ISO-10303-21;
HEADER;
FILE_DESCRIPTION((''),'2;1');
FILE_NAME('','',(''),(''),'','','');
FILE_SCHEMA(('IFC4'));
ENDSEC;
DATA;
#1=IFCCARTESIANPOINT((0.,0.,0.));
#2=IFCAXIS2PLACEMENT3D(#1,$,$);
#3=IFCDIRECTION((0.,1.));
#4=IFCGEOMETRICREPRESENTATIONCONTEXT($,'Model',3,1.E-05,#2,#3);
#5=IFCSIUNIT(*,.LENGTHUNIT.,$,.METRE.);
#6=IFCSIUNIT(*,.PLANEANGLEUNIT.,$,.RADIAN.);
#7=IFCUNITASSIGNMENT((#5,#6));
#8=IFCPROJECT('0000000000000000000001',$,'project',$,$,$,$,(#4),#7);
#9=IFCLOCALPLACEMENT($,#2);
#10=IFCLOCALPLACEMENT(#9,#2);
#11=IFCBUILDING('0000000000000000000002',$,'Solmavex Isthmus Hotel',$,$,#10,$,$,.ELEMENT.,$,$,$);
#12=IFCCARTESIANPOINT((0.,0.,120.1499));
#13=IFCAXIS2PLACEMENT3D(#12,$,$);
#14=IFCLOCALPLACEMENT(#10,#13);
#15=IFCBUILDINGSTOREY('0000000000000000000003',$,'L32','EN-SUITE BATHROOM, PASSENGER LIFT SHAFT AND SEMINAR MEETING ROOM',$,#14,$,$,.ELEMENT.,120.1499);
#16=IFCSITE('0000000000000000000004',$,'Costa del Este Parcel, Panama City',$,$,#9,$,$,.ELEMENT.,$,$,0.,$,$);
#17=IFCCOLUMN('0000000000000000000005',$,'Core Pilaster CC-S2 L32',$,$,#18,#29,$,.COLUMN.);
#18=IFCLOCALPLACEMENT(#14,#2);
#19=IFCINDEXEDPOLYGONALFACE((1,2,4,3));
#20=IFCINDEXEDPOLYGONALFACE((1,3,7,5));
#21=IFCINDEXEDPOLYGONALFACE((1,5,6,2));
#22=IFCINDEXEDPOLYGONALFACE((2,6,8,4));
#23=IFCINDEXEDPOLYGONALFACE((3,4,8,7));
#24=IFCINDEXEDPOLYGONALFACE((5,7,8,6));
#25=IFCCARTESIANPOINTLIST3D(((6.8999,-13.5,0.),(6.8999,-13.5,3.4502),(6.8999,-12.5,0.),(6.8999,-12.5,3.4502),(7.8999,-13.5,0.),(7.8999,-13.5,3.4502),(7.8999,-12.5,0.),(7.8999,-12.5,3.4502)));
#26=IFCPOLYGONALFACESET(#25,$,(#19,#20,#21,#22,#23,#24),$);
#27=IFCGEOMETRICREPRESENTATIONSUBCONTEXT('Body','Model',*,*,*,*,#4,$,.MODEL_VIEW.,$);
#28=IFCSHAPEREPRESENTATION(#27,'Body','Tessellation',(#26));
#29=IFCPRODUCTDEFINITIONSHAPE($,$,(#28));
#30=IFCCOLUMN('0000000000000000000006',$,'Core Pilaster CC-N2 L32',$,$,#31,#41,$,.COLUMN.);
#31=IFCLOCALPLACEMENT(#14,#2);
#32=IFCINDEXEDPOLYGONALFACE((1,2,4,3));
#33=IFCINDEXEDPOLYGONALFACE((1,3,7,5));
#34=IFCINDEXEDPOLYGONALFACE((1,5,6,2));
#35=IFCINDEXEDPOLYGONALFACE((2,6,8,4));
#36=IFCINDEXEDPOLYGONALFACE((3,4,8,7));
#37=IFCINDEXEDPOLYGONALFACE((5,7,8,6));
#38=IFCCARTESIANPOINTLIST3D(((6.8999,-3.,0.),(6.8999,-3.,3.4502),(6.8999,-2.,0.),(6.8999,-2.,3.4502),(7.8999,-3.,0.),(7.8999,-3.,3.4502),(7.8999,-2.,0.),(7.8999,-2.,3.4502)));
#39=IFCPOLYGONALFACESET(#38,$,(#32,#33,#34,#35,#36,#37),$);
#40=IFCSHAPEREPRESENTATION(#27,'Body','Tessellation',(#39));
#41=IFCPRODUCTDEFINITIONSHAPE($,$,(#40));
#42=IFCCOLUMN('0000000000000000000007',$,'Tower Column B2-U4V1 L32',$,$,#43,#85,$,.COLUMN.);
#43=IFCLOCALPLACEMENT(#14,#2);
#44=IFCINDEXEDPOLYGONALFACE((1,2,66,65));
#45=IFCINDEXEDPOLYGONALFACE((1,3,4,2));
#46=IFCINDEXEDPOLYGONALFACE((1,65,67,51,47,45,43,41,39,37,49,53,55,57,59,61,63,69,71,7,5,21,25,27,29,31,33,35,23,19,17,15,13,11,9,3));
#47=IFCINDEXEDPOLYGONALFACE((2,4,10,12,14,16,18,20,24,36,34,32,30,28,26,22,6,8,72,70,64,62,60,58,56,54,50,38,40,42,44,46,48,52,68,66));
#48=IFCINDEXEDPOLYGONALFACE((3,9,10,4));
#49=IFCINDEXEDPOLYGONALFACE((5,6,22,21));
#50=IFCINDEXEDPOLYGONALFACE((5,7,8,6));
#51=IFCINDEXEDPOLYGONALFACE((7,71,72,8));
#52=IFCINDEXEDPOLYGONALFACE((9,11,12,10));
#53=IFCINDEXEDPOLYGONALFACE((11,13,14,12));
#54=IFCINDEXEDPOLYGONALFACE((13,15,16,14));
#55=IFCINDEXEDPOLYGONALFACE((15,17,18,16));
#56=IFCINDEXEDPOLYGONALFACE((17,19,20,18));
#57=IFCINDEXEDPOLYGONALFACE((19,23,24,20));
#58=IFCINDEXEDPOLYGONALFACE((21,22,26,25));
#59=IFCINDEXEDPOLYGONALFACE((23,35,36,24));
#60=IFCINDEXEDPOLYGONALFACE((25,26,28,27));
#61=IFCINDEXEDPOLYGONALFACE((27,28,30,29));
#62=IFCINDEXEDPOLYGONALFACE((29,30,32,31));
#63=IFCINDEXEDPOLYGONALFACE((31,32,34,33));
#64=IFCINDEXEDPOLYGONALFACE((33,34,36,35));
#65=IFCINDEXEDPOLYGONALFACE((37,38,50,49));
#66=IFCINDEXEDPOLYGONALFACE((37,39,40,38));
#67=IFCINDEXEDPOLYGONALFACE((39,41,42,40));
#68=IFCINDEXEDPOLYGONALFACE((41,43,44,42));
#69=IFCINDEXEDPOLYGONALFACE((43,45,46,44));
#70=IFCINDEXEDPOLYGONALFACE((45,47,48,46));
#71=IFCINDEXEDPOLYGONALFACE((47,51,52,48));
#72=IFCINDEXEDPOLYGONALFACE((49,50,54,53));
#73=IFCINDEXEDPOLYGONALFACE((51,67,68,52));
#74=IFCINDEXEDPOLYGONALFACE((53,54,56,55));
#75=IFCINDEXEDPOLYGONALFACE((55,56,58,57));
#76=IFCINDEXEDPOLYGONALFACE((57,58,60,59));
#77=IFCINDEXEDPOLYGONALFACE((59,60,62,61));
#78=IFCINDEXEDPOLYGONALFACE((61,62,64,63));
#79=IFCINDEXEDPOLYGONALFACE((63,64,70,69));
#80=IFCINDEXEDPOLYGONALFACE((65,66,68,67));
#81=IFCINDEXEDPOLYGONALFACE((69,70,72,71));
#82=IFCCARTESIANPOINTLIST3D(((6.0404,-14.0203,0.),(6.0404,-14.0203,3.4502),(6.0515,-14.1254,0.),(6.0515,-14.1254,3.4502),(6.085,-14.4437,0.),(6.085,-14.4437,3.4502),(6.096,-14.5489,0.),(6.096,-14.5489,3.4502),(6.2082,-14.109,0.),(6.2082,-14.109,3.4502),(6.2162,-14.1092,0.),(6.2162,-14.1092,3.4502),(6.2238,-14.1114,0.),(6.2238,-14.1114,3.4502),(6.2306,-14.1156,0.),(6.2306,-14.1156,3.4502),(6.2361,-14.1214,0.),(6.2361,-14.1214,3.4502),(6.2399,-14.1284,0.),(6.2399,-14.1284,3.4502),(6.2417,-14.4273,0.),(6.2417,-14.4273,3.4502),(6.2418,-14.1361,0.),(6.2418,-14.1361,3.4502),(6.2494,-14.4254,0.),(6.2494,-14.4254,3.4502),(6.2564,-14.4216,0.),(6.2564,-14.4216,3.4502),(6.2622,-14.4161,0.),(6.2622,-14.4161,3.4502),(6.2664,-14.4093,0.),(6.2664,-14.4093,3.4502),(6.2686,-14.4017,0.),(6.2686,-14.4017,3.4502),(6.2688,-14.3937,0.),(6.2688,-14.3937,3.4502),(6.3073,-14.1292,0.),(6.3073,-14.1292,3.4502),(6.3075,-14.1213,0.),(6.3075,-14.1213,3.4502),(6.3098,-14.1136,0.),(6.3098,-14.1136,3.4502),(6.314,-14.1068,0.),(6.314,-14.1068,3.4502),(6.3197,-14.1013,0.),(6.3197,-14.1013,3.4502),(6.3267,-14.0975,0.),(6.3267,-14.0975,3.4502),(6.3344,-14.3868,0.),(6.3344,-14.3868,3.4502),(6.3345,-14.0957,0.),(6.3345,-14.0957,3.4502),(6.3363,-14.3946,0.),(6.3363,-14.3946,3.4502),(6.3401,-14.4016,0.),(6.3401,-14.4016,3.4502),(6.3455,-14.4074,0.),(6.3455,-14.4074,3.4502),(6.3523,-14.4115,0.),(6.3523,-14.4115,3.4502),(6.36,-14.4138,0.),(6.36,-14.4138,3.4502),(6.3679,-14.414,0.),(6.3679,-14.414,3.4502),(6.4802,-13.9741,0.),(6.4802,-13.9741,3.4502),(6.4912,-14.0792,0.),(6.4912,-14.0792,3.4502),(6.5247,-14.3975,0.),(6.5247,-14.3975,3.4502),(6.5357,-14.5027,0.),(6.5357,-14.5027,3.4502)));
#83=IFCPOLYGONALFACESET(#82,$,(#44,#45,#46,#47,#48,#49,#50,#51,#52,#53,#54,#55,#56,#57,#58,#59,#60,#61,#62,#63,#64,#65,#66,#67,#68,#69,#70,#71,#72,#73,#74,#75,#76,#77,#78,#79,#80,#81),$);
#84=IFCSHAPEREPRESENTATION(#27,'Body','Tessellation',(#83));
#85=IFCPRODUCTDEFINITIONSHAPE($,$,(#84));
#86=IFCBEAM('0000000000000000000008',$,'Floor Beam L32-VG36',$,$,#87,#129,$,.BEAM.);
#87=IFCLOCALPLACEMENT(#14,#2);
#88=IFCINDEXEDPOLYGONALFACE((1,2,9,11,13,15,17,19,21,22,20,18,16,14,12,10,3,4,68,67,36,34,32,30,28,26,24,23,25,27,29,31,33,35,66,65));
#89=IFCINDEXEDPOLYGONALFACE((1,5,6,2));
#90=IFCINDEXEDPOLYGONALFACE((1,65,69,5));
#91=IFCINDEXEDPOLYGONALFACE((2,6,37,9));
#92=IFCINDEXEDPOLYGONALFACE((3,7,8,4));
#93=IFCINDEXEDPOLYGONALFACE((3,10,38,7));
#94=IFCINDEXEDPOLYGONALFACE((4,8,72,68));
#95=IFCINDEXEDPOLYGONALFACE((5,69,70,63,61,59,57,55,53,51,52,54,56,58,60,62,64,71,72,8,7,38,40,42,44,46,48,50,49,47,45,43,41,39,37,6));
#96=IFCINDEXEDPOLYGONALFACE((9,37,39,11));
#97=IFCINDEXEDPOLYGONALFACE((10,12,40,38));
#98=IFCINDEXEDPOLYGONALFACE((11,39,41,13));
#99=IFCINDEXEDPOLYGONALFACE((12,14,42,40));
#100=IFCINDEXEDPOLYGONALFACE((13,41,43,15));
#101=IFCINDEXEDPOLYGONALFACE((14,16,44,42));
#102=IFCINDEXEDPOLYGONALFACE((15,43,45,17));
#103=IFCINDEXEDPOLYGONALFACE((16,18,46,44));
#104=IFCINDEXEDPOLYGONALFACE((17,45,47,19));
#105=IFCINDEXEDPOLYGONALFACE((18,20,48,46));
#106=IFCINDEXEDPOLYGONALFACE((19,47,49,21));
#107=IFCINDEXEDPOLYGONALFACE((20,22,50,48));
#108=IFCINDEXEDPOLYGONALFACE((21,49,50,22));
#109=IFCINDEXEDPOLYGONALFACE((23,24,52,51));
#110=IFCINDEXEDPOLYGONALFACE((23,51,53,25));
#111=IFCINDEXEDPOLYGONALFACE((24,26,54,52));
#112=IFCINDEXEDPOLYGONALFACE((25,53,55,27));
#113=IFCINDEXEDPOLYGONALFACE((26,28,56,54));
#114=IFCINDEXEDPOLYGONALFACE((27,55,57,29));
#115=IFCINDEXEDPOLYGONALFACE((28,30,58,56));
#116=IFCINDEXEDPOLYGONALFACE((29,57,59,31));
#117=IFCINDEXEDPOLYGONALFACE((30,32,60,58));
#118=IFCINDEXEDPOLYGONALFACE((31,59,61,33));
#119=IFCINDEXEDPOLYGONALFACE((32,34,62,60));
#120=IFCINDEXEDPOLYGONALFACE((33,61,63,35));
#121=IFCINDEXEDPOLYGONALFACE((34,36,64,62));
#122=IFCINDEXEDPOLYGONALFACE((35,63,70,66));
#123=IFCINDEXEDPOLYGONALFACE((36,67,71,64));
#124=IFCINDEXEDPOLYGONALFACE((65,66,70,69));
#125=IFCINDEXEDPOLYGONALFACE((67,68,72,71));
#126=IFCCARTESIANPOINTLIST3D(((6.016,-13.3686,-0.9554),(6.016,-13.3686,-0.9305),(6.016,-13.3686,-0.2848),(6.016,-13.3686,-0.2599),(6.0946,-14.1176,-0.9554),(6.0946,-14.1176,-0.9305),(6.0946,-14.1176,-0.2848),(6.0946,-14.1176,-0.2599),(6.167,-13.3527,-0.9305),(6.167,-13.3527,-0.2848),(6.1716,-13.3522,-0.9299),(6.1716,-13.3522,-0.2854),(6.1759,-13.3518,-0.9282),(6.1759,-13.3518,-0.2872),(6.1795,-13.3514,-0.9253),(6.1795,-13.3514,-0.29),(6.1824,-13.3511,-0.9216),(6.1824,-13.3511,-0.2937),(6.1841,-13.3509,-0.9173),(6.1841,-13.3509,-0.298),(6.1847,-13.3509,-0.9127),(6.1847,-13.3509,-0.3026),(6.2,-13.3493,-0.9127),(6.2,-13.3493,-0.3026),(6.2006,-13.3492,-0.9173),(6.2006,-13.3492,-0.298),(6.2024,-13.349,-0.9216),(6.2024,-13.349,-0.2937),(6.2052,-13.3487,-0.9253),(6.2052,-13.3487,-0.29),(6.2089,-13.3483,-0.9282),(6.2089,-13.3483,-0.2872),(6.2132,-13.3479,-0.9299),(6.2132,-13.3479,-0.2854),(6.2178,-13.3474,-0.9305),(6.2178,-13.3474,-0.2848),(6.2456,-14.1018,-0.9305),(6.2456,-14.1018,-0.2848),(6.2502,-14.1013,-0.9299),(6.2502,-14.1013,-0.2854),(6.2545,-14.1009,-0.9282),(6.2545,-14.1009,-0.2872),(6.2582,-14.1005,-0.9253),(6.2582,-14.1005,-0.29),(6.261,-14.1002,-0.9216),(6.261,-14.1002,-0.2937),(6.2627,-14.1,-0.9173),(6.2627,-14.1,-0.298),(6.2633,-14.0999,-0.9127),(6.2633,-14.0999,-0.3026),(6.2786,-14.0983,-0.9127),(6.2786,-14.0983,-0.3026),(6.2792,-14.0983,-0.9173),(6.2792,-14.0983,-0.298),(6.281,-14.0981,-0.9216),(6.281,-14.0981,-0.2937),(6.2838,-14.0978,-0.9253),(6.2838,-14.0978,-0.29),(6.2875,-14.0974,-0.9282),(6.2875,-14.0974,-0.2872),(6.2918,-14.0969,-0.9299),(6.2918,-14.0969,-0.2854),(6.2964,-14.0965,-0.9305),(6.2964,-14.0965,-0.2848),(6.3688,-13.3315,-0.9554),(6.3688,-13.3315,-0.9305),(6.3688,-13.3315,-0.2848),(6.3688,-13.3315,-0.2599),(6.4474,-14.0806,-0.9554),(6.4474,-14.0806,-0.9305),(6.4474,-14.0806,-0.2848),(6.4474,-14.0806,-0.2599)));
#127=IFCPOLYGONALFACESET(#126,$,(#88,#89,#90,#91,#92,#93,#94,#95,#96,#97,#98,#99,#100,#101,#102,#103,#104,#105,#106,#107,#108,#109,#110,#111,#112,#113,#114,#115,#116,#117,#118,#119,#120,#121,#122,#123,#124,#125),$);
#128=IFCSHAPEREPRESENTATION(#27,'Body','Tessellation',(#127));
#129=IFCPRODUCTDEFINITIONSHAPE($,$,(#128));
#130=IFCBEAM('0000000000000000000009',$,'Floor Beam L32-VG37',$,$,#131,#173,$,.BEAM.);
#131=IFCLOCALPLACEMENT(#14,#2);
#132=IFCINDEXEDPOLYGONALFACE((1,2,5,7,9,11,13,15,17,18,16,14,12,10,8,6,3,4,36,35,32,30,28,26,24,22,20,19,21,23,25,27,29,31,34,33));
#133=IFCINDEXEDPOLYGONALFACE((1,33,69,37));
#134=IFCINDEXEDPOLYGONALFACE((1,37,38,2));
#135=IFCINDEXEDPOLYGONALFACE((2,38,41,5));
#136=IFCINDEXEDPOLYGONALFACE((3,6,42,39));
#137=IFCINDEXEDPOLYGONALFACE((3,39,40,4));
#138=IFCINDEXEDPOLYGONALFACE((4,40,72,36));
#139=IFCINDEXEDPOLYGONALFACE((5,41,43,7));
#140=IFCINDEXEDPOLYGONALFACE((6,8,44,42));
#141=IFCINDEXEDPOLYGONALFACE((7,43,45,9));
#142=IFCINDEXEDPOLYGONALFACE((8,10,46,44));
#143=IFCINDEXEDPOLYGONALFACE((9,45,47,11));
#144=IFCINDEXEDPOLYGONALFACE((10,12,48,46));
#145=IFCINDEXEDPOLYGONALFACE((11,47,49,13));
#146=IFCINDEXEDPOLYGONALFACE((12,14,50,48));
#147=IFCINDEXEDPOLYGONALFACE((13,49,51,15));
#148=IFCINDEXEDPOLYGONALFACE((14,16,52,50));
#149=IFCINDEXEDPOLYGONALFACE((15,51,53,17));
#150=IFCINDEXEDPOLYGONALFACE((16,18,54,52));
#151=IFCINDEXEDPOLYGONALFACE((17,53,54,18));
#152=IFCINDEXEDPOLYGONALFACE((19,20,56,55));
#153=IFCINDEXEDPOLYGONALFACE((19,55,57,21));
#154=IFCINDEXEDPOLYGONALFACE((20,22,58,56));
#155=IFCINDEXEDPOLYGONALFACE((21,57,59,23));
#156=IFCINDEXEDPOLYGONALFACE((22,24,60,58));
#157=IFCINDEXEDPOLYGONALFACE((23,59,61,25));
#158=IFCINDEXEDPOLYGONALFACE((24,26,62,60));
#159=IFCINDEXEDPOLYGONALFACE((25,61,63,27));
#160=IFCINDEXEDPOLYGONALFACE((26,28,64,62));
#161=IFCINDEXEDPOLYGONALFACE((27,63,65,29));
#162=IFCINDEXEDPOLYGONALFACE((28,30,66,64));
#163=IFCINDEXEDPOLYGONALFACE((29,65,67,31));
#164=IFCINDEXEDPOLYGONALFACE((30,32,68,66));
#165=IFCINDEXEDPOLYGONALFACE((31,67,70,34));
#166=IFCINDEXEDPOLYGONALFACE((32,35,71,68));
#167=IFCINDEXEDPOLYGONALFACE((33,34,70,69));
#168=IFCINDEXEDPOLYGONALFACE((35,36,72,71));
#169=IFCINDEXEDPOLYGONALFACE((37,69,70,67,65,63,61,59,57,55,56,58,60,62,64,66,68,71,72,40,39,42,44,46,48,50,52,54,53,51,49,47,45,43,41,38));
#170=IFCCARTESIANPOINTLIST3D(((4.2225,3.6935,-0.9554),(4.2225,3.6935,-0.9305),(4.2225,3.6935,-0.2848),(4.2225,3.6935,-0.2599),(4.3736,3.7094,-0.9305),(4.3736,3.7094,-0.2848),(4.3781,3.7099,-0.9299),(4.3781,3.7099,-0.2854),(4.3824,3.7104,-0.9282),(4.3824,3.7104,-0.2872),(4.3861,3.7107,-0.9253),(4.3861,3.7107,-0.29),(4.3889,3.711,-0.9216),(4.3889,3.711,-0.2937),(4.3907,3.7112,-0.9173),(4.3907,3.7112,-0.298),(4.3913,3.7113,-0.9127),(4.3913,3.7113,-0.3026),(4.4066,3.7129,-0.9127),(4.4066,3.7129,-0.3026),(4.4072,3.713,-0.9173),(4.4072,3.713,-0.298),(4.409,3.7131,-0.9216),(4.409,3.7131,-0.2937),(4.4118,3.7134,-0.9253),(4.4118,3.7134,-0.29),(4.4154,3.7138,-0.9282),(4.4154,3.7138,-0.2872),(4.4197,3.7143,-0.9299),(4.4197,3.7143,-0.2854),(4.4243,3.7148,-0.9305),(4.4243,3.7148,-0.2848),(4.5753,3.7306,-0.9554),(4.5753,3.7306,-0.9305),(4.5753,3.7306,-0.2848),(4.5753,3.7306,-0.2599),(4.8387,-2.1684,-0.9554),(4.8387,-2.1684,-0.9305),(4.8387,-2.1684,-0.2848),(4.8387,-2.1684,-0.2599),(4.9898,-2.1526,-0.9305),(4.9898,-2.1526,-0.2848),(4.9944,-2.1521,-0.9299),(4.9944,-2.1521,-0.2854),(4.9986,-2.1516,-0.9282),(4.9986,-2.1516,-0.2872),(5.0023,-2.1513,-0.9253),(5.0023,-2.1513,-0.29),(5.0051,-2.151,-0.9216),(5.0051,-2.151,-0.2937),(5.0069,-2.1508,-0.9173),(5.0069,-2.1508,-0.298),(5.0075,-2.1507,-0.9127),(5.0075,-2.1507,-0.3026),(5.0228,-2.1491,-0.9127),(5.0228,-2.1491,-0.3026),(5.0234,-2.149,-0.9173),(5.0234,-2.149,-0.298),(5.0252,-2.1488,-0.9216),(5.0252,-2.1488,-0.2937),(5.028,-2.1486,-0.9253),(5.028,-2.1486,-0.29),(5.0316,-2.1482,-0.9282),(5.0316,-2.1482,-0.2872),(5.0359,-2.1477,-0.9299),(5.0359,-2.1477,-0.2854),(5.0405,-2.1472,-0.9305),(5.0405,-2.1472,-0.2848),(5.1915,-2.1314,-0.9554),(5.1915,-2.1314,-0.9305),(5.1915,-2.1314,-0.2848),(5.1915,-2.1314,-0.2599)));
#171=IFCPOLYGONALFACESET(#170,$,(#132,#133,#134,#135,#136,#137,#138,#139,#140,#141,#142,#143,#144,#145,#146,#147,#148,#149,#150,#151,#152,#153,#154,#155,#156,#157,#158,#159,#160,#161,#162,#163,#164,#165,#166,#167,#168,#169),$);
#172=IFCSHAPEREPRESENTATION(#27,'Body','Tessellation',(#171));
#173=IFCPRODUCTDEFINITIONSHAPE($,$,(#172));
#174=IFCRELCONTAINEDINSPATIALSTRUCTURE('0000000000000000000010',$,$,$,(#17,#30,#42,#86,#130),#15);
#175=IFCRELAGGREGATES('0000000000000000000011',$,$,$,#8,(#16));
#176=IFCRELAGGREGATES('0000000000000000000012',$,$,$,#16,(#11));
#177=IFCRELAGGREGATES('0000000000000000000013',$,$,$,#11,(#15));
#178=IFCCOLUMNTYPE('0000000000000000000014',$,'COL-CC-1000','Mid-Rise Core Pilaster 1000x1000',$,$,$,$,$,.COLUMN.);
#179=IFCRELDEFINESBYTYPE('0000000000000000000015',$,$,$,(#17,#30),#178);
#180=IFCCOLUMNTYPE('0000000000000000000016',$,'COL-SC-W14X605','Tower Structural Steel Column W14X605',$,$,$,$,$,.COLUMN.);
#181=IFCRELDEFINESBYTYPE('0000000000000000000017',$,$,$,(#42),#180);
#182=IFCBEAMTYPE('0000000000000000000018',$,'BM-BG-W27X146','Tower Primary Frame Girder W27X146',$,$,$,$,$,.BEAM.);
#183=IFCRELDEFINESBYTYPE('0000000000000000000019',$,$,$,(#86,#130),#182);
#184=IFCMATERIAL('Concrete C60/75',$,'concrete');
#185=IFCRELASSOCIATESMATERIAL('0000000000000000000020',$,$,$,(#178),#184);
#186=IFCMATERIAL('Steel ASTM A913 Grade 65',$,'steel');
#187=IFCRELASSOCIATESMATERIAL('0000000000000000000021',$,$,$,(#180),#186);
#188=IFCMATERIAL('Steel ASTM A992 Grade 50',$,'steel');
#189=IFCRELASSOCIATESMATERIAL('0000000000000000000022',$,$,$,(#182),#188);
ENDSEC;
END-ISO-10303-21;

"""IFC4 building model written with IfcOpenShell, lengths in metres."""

from ifc_helpers import new_model, si_unit, direction, frame, origin, origin_2d, place, context, subcontext, project, spatial, rectangle, i_section, extrude, material, material_profile, profile_set, type_object, element, save


model = new_model("IFC4")

# Units and contexts
model_context = context("Model", 3, precision=1e-05, world=origin(), true_north=direction((0.0, 1.0)))
body_context = subcontext(model_context, "Body", "Model", "MODEL_VIEW")
ifc_project = project(units=[si_unit("LENGTHUNIT", "METRE"), si_unit("PLANEANGLEUNIT", "RADIAN")], contexts=[model_context])

# Site, building, storey
site_placement = place(None, origin())
site = spatial("IfcSite", under=ifc_project, at=site_placement, Name="Costa del Este Parcel, Panama City", CompositionType="ELEMENT", RefElevation=0.0)
building_placement = place(site_placement, origin())
building = spatial("IfcBuilding", under=site, at=building_placement, Name="Solmavex Isthmus Hotel", CompositionType="ELEMENT")
storey_placement = place(building_placement, frame((0.0, 0.0, 120.1499)))
storey = spatial("IfcBuildingStorey", under=building, at=storey_placement, Name="L32", Description="EN-SUITE BATHROOM, PASSENGER LIFT SHAFT AND SEMINAR MEETING ROOM", CompositionType="ELEMENT", Elevation=120.1499)

# Columns
ifc_material_1 = material(Name="Concrete C60/75", Category="concrete")
ifc_material_profile_1 = material_profile(ifc_material_1, rectangle(XDim=1.0, YDim=1.0, at=origin_2d()), Name="RC1000X1000")
ifc_profile_set_1 = profile_set([ifc_material_profile_1], Name="Concrete C60/75")
column_type_1 = type_object("IfcColumnType", Name="COL-CC-1000", Description="Mid-Rise Core Pilaster 1000x1000", PredefinedType="COLUMN", material=ifc_profile_set_1)
for number, where, z_axis, x_axis, name in (
    (1, (7.3999, -13.0, 0.0), (0.0, 0.0, 1.0), (1.0, 0.0, 0.0), "Core Pilaster CC-S2 L32"),
    (2, (7.3999, -2.5, 0.0), (0.0, 0.0, 1.0), (1.0, 0.0, 0.0), "Core Pilaster CC-N2 L32"),
):
    element("IfcColumn", number, at=place(storey_placement, frame(where, z_axis=z_axis, x_axis=x_axis)), inside=storey, type_object=column_type_1, Name=name, PredefinedType="COLUMN", context=body_context, shape_type="SweptSolid", body=[
        extrude(rectangle(XDim=1.0, YDim=1.0, at=origin_2d()), origin(), (0.0, 0.0, 1.0), 3.4502),
    ])
ifc_material_2 = material(Name="Steel ASTM A913 Grade 65", Category="steel")
ifc_material_profile_2 = material_profile(ifc_material_2, i_section(OverallWidth=0.4421, OverallDepth=0.5315, WebThickness=0.0659, FlangeThickness=0.1057, FilletRadius=0.0305, at=origin_2d()), Name="W14X605")
ifc_profile_set_2 = profile_set([ifc_material_profile_2], Name="Steel ASTM A913 Grade 65")
column_type_2 = type_object("IfcColumnType", Name="COL-SC-W14X605", Description="Tower Structural Steel Column W14X605", PredefinedType="COLUMN", material=ifc_profile_set_2)
column_placement = place(storey_placement, frame((6.2881, -14.2615, 0.0), z_axis=(0.0, 0.0, 1.0), x_axis=(0.994522, 0.104528, 0.0)))
element("IfcColumn", 3, at=column_placement, inside=storey, type_object=column_type_2, Name="Tower Column B2-U4V1 L32", PredefinedType="COLUMN", context=body_context, shape_type="SweptSolid", body=[
    extrude(i_section(OverallWidth=0.4421, OverallDepth=0.5315, WebThickness=0.0659, FlangeThickness=0.1057, FilletRadius=0.0305, at=origin_2d()), origin(), (0.0, 0.0, 1.0), 3.4502),
])

# Beams
ifc_material_3 = material(Name="Steel ASTM A992 Grade 50", Category="steel")
ifc_material_profile_3 = material_profile(ifc_material_3, i_section(OverallWidth=0.3547, OverallDepth=0.6956, WebThickness=0.0154, FlangeThickness=0.0249, FilletRadius=0.0178, at=origin_2d()), Name="W27X146")
ifc_profile_set_3 = profile_set([ifc_material_profile_3], Name="Steel ASTM A992 Grade 50")
beam_type_1 = type_object("IfcBeamType", Name="BM-BG-W27X146", Description="Tower Primary Frame Girder W27X146", PredefinedType="BEAM", material=ifc_profile_set_3)
beam_1_placement = place(storey_placement, frame((6.271, -14.0991, -0.6077), z_axis=(-0.104381, 0.994537, 0.0), x_axis=(-0.994537, -0.104381, 0.0)))
element("IfcBeam", 4, at=beam_1_placement, inside=storey, type_object=beam_type_1, Name="Floor Beam L32-VG36", PredefinedType="BEAM", context=body_context, shape_type="SweptSolid", body=[
    extrude(i_section(OverallWidth=0.3547, OverallDepth=0.6956, WebThickness=0.0154, FlangeThickness=0.0249, FilletRadius=0.0178, at=origin_2d()), origin(), (0.0, 0.0, 1.0), 0.7532),
])
beam_2_placement = place(storey_placement, frame((5.0151, -2.1499, -0.6077), z_axis=(-0.104542, 0.99452, 0.0), x_axis=(-0.99452, -0.104542, 0.0)))
element("IfcBeam", 5, at=beam_2_placement, inside=storey, type_object=beam_type_1, Name="Floor Beam L32-VG37", PredefinedType="BEAM", context=body_context, shape_type="SweptSolid", body=[
    extrude(i_section(OverallWidth=0.3547, OverallDepth=0.6956, WebThickness=0.0154, FlangeThickness=0.0249, FilletRadius=0.0178, at=origin_2d()), origin(), (0.0, 0.0, 1.0), 5.8943),
])

save(model, "model.ifc")
